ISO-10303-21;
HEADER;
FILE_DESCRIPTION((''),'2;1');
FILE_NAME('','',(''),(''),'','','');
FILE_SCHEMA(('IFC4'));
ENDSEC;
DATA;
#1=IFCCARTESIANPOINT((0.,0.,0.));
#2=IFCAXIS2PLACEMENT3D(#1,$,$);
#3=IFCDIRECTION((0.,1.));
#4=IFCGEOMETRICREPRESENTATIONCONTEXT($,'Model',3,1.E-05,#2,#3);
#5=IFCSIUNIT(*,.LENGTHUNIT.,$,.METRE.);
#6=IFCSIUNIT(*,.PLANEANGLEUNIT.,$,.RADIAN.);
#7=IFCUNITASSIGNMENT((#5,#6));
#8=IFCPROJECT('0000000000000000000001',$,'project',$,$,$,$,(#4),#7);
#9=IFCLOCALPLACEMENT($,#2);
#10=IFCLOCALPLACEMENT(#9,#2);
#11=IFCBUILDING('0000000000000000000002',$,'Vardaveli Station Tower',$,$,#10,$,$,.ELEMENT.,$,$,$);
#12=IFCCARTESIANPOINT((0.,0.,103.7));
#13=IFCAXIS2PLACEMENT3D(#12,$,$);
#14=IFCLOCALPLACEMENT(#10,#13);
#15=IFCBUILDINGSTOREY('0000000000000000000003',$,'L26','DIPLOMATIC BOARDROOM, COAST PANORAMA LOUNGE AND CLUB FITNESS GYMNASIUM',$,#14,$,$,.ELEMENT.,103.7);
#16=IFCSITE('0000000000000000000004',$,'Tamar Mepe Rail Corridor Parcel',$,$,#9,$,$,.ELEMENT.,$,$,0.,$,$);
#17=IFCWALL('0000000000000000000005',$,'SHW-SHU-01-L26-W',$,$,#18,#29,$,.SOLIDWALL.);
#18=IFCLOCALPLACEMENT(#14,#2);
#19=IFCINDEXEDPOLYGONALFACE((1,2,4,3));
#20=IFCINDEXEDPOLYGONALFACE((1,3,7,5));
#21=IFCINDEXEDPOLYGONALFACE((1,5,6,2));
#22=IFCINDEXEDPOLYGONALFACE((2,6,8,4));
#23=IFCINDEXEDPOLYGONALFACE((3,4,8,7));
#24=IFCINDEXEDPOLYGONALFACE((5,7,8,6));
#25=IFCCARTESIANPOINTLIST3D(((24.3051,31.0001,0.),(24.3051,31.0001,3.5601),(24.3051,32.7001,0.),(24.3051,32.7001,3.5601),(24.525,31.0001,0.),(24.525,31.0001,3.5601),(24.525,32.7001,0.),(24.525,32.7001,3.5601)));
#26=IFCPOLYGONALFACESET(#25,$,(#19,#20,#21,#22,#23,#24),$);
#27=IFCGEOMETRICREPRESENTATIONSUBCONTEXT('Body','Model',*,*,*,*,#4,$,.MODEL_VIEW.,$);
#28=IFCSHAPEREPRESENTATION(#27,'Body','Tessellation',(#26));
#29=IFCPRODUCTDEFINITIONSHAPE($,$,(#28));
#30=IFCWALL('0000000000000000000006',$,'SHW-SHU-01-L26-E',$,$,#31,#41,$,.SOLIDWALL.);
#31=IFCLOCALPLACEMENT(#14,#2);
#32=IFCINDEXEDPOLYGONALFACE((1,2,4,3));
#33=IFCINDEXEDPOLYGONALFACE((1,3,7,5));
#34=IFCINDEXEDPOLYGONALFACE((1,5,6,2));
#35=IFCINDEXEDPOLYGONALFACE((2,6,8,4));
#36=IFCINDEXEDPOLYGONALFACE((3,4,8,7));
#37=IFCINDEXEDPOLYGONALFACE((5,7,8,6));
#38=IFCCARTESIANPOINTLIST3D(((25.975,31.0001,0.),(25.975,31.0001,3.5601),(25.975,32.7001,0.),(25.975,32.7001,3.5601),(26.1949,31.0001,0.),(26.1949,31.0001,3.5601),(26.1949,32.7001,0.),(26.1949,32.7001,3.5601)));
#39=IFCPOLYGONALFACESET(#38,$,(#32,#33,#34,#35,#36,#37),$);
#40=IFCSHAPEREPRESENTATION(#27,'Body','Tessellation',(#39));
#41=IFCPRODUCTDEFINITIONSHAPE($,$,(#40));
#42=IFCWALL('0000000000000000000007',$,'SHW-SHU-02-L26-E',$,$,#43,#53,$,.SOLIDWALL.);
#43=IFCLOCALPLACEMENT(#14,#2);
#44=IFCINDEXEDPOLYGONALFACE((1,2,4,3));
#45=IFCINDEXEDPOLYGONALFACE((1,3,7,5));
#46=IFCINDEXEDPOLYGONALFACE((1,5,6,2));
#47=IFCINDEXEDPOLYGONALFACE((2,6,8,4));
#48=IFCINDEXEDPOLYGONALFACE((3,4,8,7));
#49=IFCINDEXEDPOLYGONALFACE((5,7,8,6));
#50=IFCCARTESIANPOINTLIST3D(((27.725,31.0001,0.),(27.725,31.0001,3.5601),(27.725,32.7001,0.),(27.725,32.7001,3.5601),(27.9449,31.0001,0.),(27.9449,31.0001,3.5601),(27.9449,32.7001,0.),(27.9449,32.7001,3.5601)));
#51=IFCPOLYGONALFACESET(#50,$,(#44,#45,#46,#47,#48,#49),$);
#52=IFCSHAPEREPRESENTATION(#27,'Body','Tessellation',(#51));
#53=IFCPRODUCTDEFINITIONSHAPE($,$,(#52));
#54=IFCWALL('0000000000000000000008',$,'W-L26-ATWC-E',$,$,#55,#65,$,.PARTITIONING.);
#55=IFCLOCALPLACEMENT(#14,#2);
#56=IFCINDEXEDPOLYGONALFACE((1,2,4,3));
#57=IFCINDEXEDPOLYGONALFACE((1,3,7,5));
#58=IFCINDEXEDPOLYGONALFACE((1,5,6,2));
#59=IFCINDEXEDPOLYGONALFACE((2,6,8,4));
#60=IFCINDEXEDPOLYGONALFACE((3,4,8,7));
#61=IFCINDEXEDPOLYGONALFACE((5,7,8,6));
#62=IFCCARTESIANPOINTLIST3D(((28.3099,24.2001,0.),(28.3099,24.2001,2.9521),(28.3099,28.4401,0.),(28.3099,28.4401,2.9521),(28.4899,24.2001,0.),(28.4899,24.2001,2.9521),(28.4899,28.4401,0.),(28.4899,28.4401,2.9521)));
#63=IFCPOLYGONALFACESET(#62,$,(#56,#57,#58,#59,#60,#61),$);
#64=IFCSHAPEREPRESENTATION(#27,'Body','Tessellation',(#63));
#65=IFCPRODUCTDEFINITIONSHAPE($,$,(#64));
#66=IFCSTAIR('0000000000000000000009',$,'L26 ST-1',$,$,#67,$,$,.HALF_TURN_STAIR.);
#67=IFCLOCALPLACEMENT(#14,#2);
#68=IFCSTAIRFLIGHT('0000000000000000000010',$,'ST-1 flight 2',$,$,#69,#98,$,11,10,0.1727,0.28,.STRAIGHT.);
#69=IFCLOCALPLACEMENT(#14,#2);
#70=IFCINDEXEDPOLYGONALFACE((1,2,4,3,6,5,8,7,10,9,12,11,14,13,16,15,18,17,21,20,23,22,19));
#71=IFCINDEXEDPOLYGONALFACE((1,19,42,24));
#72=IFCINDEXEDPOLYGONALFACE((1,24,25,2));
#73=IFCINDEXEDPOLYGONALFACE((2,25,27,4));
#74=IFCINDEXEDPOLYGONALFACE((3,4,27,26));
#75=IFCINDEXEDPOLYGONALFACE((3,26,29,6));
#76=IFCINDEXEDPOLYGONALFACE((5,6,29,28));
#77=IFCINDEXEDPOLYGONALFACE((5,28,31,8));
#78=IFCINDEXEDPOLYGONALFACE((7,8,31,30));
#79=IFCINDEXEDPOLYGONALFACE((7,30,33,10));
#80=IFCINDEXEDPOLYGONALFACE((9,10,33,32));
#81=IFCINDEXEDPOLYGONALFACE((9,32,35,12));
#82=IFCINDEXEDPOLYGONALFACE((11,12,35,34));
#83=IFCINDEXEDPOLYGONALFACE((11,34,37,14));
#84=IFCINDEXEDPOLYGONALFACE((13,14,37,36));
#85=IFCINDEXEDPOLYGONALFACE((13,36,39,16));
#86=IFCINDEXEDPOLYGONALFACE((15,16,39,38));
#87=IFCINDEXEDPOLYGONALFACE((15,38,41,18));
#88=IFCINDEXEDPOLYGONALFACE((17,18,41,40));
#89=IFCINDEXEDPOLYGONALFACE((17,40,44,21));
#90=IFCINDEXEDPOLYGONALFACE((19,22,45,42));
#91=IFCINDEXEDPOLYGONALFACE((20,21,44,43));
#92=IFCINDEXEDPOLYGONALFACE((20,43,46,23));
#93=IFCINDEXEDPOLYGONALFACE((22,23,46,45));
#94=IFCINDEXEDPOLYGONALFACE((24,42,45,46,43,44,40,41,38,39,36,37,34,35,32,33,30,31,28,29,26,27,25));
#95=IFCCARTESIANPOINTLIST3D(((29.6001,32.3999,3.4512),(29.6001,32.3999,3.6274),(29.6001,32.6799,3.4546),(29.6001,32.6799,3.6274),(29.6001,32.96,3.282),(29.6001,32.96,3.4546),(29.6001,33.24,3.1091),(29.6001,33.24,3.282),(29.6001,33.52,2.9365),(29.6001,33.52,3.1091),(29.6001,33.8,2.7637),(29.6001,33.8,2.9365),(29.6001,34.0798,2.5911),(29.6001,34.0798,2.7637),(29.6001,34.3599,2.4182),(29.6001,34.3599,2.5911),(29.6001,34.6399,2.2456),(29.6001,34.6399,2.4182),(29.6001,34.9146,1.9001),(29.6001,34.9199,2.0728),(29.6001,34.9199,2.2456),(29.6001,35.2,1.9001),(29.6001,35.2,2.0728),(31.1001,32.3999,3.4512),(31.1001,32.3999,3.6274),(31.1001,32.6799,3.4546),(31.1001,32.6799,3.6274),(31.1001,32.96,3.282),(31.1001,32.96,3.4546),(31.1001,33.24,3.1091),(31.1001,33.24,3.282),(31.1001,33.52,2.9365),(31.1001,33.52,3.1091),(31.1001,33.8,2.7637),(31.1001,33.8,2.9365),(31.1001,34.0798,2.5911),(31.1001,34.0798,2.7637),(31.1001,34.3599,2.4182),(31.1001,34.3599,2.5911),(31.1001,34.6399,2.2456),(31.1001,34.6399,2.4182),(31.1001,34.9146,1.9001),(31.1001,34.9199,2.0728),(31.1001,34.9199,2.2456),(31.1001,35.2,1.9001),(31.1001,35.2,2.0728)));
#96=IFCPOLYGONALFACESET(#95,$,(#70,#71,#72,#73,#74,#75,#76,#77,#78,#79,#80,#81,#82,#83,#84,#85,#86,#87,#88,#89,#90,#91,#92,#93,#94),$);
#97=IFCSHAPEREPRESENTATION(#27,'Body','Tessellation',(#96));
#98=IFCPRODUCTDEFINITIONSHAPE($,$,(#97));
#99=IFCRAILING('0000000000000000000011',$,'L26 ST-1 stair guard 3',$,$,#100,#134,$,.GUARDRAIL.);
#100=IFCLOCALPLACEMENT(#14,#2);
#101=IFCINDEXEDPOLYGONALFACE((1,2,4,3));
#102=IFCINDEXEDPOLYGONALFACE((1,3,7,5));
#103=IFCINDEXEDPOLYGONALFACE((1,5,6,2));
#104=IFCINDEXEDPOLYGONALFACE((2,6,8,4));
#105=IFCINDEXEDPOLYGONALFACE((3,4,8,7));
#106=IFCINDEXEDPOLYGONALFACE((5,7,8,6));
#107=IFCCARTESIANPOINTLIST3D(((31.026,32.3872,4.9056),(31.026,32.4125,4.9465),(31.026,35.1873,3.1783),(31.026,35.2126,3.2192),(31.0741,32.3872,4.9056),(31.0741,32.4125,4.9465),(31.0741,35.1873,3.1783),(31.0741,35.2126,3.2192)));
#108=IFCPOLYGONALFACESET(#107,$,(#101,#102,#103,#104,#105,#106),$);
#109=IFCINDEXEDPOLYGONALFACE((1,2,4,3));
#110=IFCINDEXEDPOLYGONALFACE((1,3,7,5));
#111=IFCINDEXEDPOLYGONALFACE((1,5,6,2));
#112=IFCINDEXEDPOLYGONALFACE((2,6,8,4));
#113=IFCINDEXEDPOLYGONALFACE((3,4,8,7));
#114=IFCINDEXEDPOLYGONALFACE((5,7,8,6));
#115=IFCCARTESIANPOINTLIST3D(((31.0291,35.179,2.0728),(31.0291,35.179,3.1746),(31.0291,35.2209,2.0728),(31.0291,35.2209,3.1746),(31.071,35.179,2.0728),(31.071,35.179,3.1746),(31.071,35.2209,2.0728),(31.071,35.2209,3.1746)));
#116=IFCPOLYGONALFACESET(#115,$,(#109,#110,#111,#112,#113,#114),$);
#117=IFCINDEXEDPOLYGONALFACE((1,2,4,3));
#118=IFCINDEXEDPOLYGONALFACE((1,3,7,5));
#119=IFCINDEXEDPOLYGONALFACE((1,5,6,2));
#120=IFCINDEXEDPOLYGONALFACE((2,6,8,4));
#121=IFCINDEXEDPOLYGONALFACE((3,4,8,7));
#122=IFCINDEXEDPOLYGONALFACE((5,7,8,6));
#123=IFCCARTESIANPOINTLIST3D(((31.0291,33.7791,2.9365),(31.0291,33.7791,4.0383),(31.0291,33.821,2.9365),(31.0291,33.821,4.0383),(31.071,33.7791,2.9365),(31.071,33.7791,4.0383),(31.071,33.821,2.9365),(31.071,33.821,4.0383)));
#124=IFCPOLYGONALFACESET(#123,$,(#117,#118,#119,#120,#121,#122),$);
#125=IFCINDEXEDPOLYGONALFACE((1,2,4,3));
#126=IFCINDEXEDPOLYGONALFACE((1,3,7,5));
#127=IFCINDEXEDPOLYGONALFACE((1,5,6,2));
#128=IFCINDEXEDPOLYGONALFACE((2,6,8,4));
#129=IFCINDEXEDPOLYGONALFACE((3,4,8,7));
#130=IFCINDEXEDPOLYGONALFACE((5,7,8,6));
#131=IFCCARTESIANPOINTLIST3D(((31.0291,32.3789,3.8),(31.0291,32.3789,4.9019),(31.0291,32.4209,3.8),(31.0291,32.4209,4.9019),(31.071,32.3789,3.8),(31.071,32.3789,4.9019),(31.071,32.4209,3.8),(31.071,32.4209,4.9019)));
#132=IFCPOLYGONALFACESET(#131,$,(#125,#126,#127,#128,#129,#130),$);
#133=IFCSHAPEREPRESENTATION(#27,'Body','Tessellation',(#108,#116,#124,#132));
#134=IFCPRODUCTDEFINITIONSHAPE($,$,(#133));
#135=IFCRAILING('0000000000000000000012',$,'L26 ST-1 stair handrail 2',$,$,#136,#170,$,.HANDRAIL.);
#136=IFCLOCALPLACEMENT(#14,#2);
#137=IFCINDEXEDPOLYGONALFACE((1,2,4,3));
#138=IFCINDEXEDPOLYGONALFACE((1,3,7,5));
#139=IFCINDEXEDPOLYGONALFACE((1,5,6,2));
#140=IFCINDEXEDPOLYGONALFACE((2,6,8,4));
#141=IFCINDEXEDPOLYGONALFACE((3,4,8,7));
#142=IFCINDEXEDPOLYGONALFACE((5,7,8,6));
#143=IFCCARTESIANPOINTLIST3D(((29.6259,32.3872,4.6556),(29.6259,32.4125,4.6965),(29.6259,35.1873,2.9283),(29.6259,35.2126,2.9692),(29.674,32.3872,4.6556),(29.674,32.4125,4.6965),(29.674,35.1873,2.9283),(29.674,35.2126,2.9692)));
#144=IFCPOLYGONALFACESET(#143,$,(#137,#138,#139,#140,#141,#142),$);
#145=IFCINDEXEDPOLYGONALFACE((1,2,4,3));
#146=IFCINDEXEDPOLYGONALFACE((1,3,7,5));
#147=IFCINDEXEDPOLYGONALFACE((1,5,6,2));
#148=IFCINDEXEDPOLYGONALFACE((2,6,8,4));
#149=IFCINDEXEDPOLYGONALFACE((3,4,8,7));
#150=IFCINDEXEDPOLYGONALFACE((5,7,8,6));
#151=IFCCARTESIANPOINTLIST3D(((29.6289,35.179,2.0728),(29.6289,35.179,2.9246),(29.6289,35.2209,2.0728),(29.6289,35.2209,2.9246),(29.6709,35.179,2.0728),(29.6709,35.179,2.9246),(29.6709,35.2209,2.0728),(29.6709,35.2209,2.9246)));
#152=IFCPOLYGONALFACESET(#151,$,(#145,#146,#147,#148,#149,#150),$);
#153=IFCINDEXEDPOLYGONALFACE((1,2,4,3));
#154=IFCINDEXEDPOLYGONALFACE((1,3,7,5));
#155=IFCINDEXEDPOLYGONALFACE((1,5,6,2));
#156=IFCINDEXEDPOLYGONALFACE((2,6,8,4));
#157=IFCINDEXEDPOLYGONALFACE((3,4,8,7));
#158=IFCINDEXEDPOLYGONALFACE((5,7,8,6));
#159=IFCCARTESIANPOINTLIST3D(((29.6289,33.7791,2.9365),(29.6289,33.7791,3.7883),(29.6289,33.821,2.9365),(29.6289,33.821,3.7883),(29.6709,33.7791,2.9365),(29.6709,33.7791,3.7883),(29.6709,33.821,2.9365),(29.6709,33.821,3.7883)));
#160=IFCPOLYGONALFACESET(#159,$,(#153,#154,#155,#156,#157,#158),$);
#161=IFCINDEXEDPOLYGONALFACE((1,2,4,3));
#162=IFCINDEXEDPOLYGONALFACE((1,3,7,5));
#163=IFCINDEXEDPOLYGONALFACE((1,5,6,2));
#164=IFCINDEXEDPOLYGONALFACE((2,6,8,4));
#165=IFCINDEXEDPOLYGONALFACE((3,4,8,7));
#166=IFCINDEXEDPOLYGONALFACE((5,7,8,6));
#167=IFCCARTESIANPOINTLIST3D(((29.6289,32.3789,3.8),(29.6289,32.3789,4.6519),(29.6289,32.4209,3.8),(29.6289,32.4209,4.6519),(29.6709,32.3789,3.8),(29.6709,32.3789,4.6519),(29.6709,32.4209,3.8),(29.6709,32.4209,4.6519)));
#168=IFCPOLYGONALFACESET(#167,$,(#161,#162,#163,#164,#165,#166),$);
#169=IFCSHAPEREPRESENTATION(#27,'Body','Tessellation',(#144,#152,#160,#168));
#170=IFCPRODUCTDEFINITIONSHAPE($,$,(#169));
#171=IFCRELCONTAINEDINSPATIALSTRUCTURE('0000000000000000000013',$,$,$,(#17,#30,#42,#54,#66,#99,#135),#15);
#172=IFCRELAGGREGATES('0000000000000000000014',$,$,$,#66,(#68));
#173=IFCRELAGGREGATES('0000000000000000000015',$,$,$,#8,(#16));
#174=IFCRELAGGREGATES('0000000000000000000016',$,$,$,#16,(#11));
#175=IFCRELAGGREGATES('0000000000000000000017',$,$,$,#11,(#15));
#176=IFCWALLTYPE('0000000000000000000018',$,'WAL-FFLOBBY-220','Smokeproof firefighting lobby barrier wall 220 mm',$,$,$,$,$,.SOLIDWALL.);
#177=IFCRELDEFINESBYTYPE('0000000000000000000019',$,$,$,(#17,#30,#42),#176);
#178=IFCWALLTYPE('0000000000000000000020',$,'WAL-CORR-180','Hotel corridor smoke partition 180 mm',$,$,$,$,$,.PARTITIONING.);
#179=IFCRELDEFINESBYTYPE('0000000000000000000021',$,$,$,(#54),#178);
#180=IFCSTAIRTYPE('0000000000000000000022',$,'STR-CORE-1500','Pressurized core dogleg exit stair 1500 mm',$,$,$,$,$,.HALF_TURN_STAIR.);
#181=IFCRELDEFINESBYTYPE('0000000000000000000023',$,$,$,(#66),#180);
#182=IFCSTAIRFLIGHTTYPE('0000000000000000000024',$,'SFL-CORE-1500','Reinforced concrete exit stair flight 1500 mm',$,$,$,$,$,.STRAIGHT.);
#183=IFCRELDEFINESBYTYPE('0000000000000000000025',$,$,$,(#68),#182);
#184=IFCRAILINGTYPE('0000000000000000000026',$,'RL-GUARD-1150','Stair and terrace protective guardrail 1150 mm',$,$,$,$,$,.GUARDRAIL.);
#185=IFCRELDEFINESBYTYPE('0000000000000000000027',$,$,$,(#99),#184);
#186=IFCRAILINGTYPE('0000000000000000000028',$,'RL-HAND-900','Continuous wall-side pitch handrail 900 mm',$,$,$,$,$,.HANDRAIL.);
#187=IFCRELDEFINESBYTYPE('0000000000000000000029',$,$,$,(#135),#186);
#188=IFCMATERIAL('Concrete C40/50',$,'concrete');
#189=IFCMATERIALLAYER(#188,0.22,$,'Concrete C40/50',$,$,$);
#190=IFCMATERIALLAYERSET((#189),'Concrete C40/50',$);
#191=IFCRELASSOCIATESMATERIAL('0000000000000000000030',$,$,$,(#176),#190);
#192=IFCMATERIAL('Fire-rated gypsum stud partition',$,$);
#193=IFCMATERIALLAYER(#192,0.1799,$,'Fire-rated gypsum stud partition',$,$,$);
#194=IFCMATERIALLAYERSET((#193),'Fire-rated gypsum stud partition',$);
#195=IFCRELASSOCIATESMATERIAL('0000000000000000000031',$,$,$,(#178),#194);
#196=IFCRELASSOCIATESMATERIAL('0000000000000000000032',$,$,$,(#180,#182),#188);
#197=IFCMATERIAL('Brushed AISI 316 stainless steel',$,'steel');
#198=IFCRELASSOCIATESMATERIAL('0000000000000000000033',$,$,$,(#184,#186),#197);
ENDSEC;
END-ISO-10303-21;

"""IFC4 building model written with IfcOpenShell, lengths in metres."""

from ifc_helpers import new_model, si_unit, direction, frame, frame_2d, origin, origin_2d, place, context, subcontext, project, spatial, polyline, rectangle, outline, extrude, source, transform, mapped, material, layer, layer_set, type_object, element, aggregate, save


model = new_model("IFC4")

# Units and contexts
model_context = context("Model", 3, precision=1e-05, world=origin(), true_north=direction((0.0, 1.0)))
body_context = subcontext(model_context, "Body", "Model", "MODEL_VIEW")
ifc_project = project(units=[si_unit("LENGTHUNIT", "METRE"), si_unit("PLANEANGLEUNIT", "RADIAN")], contexts=[model_context])

# Site, building, storey
site_placement = place(None, origin())
site = spatial("IfcSite", under=ifc_project, at=site_placement, Name="Tamar Mepe Rail Corridor Parcel", CompositionType="ELEMENT", RefElevation=0.0)
building_placement = place(site_placement, origin())
building = spatial("IfcBuilding", under=site, at=building_placement, Name="Vardaveli Station Tower", CompositionType="ELEMENT")
storey_placement = place(building_placement, frame((0.0, 0.0, 103.7)))
storey = spatial("IfcBuildingStorey", under=building, at=storey_placement, Name="L26", Description="DIPLOMATIC BOARDROOM, COAST PANORAMA LOUNGE AND CLUB FITNESS GYMNASIUM", CompositionType="ELEMENT", Elevation=103.7)

# Shared definitions
ifc_material_1 = material(Name="Concrete C40/50", Category="concrete")

# Shared definitions
ifc_layer_1 = layer(ifc_material_1, 0.22, Name="Concrete C40/50")
ifc_layer_set_1 = layer_set([ifc_layer_1], Name="Concrete C40/50")
wall_type_1 = type_object("IfcWallType", Name="WAL-FFLOBBY-220", Description="Smokeproof firefighting lobby barrier wall 220 mm", PredefinedType="SOLIDWALL", material=ifc_layer_set_1)

# Walls
shared_shape_1 = source(origin(), body_context, "Body", "SweptSolid", [
    extrude(rectangle(XDim=1.7, YDim=0.22, at=frame_2d((0.8501, 0.0))), origin(), (0.0, 0.0, 1.0), 3.5601),
])
for number, where, z_axis, x_axis, name in (
    (1, (24.415, 31.0, 0.0), (0.0, 0.0, 1.0), (0.0, 1.0, 0.0), "SHW-SHU-01-L26-W"),
    (2, (26.085, 31.0, 0.0), (0.0, 0.0, 1.0), (0.0, 1.0, 0.0), "SHW-SHU-01-L26-E"),
    (3, (27.835, 31.0, 0.0), (0.0, 0.0, 1.0), (0.0, 1.0, 0.0), "SHW-SHU-02-L26-E"),
):
    element("IfcWall", number, at=place(storey_placement, frame(where, z_axis=z_axis, x_axis=x_axis)), inside=storey, type_object=wall_type_1, Name=name, PredefinedType="SOLIDWALL", context=body_context, shape_type="MappedRepresentation", body=[
        mapped(shared_shape_1, transform((0.0, 0.0, 0.0), scale=1.0)),
    ])
ifc_material_2 = material(Name="Fire-rated gypsum stud partition")
ifc_layer_2 = layer(ifc_material_2, 0.1799, Name="Fire-rated gypsum stud partition")
ifc_layer_set_2 = layer_set([ifc_layer_2], Name="Fire-rated gypsum stud partition")
wall_type_2 = type_object("IfcWallType", Name="WAL-CORR-180", Description="Hotel corridor smoke partition 180 mm", PredefinedType="PARTITIONING", material=ifc_layer_set_2)
shared_shape_2 = source(origin(), body_context, "Body", "SweptSolid", [
    extrude(rectangle(XDim=4.24, YDim=0.1799, at=frame_2d((2.1201, 0.0))), origin(), (0.0, 0.0, 1.0), 2.9521),
])
wall_1_placement = place(storey_placement, frame((28.3999, 24.2, 0.0), z_axis=(0.0, 0.0, 1.0), x_axis=(0.0, 1.0, 0.0)))
element("IfcWall", 4, at=wall_1_placement, inside=storey, type_object=wall_type_2, Name="W-L26-ATWC-E", PredefinedType="PARTITIONING", context=body_context, shape_type="MappedRepresentation", body=[
    mapped(shared_shape_2, transform((0.0, 0.0, 0.0), scale=1.0)),
])

# Stair, stair flight
stair_type = type_object("IfcStairType", Name="STR-CORE-1500", Description="Pressurized core dogleg exit stair 1500 mm", PredefinedType="HALF_TURN_STAIR", material=ifc_material_1)
stair_placement = place(storey_placement, origin())
stair = element("IfcStair", 5, at=stair_placement, inside=storey, type_object=stair_type, Name="L26 ST-1", PredefinedType="HALF_TURN_STAIR")
stair_flight_type = type_object("IfcStairFlightType", Name="SFL-CORE-1500", Description="Reinforced concrete exit stair flight 1500 mm", PredefinedType="STRAIGHT", material=ifc_material_1)
shared_shape_3 = source(origin(), body_context, "Body", "SweptSolid", [
    extrude(outline(polyline([(0.0, 0.0), (0.0, 0.1726), (0.28, 0.1726), (0.28, 0.3455), (0.5601, 0.3455), (0.5601, 0.5181), (0.8401, 0.5181), (0.8401, 0.6909), (1.1201, 0.6909), (1.1201, 0.8635), (1.3999, 0.8635), (1.3999, 1.0364), (1.6799, 1.0364), (1.6799, 1.209), (1.96, 1.209), (1.96, 1.3818), (2.24, 1.3818), (2.24, 1.5544), (2.52, 1.5544), (2.52, 1.7273), (2.8, 1.7273), (2.8, 1.8999), (2.8, 1.551), (0.2854, 0.0), (0.0, 0.0)])), frame((0.0, 0.75, 0.0), z_axis=(0.0, -1.0, 0.0), x_axis=(1.0, 0.0, 0.0)), (0.0, 0.0, 1.0), 1.5),
])
stair_flight_placement = place(storey_placement, frame((30.3501, 35.2, 1.9001), z_axis=(0.0, 0.0, 1.0), x_axis=(0.0, -1.0, 0.0)))
stair_flight = element("IfcStairFlight", 6, at=stair_flight_placement, type_object=stair_flight_type, Name="ST-1 flight 2", NumberOfRisers=11, NumberOfTreads=10, PredefinedType="STRAIGHT", RiserHeight=0.1727, TreadLength=0.28, context=body_context, shape_type="MappedRepresentation", body=[
    mapped(shared_shape_3, transform((0.0, 0.0, 0.0), scale=1.0)),
])
aggregate(stair, [stair_flight])

# Railings
ifc_material_3 = material(Name="Brushed AISI 316 stainless steel", Category="steel")
railing_type_1 = type_object("IfcRailingType", Name="RL-GUARD-1150", Description="Stair and terrace protective guardrail 1150 mm", PredefinedType="GUARDRAIL", material=ifc_material_3)
shared_shape_4 = source(origin(), body_context, "Body", "SweptSolid", [
    extrude(rectangle(XDim=0.0481, YDim=0.0481, at=origin_2d()), frame((0.0, 0.0, 1.126), z_axis=(0.0, -0.85109, 0.52502), x_axis=(1.0, 0.0, 0.0)), (0.0, 0.0, 1.0), 3.29),
    extrude(rectangle(XDim=0.042, YDim=0.042, at=origin_2d()), origin(), (0.0, 0.0, 1.0), 1.1018),
    extrude(rectangle(XDim=0.042, YDim=0.042, at=origin_2d()), frame((0.0, -1.3999, 0.8638)), (0.0, 0.0, 1.0), 1.1018),
    extrude(rectangle(XDim=0.042, YDim=0.042, at=origin_2d()), frame((0.0, -2.8, 1.7273)), (0.0, 0.0, 1.0), 1.1018),
])
railing_1_placement = place(storey_placement, frame((31.05, 35.2, 2.0728)))
element("IfcRailing", 7, at=railing_1_placement, inside=storey, type_object=railing_type_1, Name="L26 ST-1 stair guard 3", PredefinedType="GUARDRAIL", context=body_context, shape_type="MappedRepresentation", body=[
    mapped(shared_shape_4, transform((0.0, 0.0, 0.0), scale=1.0)),
])
railing_type_2 = type_object("IfcRailingType", Name="RL-HAND-900", Description="Continuous wall-side pitch handrail 900 mm", PredefinedType="HANDRAIL", material=ifc_material_3)
shared_shape_5 = source(origin(), body_context, "Body", "SweptSolid", [
    extrude(rectangle(XDim=0.0481, YDim=0.0481, at=origin_2d()), frame((0.0, 0.0, 0.876), z_axis=(0.0, -0.85109, 0.52502), x_axis=(1.0, 0.0, 0.0)), (0.0, 0.0, 1.0), 3.29),
    extrude(rectangle(XDim=0.042, YDim=0.042, at=origin_2d()), origin(), (0.0, 0.0, 1.0), 0.8518),
    extrude(rectangle(XDim=0.042, YDim=0.042, at=origin_2d()), frame((0.0, -1.3999, 0.8638)), (0.0, 0.0, 1.0), 0.8518),
    extrude(rectangle(XDim=0.042, YDim=0.042, at=origin_2d()), frame((0.0, -2.8, 1.7273)), (0.0, 0.0, 1.0), 0.8518),
])
railing_2_placement = place(storey_placement, frame((29.6499, 35.2, 2.0728)))
element("IfcRailing", 8, at=railing_2_placement, inside=storey, type_object=railing_type_2, Name="L26 ST-1 stair handrail 2", PredefinedType="HANDRAIL", context=body_context, shape_type="MappedRepresentation", body=[
    mapped(shared_shape_5, transform((0.0, 0.0, 0.0), scale=1.0)),
])

save(model, "model.ifc")
